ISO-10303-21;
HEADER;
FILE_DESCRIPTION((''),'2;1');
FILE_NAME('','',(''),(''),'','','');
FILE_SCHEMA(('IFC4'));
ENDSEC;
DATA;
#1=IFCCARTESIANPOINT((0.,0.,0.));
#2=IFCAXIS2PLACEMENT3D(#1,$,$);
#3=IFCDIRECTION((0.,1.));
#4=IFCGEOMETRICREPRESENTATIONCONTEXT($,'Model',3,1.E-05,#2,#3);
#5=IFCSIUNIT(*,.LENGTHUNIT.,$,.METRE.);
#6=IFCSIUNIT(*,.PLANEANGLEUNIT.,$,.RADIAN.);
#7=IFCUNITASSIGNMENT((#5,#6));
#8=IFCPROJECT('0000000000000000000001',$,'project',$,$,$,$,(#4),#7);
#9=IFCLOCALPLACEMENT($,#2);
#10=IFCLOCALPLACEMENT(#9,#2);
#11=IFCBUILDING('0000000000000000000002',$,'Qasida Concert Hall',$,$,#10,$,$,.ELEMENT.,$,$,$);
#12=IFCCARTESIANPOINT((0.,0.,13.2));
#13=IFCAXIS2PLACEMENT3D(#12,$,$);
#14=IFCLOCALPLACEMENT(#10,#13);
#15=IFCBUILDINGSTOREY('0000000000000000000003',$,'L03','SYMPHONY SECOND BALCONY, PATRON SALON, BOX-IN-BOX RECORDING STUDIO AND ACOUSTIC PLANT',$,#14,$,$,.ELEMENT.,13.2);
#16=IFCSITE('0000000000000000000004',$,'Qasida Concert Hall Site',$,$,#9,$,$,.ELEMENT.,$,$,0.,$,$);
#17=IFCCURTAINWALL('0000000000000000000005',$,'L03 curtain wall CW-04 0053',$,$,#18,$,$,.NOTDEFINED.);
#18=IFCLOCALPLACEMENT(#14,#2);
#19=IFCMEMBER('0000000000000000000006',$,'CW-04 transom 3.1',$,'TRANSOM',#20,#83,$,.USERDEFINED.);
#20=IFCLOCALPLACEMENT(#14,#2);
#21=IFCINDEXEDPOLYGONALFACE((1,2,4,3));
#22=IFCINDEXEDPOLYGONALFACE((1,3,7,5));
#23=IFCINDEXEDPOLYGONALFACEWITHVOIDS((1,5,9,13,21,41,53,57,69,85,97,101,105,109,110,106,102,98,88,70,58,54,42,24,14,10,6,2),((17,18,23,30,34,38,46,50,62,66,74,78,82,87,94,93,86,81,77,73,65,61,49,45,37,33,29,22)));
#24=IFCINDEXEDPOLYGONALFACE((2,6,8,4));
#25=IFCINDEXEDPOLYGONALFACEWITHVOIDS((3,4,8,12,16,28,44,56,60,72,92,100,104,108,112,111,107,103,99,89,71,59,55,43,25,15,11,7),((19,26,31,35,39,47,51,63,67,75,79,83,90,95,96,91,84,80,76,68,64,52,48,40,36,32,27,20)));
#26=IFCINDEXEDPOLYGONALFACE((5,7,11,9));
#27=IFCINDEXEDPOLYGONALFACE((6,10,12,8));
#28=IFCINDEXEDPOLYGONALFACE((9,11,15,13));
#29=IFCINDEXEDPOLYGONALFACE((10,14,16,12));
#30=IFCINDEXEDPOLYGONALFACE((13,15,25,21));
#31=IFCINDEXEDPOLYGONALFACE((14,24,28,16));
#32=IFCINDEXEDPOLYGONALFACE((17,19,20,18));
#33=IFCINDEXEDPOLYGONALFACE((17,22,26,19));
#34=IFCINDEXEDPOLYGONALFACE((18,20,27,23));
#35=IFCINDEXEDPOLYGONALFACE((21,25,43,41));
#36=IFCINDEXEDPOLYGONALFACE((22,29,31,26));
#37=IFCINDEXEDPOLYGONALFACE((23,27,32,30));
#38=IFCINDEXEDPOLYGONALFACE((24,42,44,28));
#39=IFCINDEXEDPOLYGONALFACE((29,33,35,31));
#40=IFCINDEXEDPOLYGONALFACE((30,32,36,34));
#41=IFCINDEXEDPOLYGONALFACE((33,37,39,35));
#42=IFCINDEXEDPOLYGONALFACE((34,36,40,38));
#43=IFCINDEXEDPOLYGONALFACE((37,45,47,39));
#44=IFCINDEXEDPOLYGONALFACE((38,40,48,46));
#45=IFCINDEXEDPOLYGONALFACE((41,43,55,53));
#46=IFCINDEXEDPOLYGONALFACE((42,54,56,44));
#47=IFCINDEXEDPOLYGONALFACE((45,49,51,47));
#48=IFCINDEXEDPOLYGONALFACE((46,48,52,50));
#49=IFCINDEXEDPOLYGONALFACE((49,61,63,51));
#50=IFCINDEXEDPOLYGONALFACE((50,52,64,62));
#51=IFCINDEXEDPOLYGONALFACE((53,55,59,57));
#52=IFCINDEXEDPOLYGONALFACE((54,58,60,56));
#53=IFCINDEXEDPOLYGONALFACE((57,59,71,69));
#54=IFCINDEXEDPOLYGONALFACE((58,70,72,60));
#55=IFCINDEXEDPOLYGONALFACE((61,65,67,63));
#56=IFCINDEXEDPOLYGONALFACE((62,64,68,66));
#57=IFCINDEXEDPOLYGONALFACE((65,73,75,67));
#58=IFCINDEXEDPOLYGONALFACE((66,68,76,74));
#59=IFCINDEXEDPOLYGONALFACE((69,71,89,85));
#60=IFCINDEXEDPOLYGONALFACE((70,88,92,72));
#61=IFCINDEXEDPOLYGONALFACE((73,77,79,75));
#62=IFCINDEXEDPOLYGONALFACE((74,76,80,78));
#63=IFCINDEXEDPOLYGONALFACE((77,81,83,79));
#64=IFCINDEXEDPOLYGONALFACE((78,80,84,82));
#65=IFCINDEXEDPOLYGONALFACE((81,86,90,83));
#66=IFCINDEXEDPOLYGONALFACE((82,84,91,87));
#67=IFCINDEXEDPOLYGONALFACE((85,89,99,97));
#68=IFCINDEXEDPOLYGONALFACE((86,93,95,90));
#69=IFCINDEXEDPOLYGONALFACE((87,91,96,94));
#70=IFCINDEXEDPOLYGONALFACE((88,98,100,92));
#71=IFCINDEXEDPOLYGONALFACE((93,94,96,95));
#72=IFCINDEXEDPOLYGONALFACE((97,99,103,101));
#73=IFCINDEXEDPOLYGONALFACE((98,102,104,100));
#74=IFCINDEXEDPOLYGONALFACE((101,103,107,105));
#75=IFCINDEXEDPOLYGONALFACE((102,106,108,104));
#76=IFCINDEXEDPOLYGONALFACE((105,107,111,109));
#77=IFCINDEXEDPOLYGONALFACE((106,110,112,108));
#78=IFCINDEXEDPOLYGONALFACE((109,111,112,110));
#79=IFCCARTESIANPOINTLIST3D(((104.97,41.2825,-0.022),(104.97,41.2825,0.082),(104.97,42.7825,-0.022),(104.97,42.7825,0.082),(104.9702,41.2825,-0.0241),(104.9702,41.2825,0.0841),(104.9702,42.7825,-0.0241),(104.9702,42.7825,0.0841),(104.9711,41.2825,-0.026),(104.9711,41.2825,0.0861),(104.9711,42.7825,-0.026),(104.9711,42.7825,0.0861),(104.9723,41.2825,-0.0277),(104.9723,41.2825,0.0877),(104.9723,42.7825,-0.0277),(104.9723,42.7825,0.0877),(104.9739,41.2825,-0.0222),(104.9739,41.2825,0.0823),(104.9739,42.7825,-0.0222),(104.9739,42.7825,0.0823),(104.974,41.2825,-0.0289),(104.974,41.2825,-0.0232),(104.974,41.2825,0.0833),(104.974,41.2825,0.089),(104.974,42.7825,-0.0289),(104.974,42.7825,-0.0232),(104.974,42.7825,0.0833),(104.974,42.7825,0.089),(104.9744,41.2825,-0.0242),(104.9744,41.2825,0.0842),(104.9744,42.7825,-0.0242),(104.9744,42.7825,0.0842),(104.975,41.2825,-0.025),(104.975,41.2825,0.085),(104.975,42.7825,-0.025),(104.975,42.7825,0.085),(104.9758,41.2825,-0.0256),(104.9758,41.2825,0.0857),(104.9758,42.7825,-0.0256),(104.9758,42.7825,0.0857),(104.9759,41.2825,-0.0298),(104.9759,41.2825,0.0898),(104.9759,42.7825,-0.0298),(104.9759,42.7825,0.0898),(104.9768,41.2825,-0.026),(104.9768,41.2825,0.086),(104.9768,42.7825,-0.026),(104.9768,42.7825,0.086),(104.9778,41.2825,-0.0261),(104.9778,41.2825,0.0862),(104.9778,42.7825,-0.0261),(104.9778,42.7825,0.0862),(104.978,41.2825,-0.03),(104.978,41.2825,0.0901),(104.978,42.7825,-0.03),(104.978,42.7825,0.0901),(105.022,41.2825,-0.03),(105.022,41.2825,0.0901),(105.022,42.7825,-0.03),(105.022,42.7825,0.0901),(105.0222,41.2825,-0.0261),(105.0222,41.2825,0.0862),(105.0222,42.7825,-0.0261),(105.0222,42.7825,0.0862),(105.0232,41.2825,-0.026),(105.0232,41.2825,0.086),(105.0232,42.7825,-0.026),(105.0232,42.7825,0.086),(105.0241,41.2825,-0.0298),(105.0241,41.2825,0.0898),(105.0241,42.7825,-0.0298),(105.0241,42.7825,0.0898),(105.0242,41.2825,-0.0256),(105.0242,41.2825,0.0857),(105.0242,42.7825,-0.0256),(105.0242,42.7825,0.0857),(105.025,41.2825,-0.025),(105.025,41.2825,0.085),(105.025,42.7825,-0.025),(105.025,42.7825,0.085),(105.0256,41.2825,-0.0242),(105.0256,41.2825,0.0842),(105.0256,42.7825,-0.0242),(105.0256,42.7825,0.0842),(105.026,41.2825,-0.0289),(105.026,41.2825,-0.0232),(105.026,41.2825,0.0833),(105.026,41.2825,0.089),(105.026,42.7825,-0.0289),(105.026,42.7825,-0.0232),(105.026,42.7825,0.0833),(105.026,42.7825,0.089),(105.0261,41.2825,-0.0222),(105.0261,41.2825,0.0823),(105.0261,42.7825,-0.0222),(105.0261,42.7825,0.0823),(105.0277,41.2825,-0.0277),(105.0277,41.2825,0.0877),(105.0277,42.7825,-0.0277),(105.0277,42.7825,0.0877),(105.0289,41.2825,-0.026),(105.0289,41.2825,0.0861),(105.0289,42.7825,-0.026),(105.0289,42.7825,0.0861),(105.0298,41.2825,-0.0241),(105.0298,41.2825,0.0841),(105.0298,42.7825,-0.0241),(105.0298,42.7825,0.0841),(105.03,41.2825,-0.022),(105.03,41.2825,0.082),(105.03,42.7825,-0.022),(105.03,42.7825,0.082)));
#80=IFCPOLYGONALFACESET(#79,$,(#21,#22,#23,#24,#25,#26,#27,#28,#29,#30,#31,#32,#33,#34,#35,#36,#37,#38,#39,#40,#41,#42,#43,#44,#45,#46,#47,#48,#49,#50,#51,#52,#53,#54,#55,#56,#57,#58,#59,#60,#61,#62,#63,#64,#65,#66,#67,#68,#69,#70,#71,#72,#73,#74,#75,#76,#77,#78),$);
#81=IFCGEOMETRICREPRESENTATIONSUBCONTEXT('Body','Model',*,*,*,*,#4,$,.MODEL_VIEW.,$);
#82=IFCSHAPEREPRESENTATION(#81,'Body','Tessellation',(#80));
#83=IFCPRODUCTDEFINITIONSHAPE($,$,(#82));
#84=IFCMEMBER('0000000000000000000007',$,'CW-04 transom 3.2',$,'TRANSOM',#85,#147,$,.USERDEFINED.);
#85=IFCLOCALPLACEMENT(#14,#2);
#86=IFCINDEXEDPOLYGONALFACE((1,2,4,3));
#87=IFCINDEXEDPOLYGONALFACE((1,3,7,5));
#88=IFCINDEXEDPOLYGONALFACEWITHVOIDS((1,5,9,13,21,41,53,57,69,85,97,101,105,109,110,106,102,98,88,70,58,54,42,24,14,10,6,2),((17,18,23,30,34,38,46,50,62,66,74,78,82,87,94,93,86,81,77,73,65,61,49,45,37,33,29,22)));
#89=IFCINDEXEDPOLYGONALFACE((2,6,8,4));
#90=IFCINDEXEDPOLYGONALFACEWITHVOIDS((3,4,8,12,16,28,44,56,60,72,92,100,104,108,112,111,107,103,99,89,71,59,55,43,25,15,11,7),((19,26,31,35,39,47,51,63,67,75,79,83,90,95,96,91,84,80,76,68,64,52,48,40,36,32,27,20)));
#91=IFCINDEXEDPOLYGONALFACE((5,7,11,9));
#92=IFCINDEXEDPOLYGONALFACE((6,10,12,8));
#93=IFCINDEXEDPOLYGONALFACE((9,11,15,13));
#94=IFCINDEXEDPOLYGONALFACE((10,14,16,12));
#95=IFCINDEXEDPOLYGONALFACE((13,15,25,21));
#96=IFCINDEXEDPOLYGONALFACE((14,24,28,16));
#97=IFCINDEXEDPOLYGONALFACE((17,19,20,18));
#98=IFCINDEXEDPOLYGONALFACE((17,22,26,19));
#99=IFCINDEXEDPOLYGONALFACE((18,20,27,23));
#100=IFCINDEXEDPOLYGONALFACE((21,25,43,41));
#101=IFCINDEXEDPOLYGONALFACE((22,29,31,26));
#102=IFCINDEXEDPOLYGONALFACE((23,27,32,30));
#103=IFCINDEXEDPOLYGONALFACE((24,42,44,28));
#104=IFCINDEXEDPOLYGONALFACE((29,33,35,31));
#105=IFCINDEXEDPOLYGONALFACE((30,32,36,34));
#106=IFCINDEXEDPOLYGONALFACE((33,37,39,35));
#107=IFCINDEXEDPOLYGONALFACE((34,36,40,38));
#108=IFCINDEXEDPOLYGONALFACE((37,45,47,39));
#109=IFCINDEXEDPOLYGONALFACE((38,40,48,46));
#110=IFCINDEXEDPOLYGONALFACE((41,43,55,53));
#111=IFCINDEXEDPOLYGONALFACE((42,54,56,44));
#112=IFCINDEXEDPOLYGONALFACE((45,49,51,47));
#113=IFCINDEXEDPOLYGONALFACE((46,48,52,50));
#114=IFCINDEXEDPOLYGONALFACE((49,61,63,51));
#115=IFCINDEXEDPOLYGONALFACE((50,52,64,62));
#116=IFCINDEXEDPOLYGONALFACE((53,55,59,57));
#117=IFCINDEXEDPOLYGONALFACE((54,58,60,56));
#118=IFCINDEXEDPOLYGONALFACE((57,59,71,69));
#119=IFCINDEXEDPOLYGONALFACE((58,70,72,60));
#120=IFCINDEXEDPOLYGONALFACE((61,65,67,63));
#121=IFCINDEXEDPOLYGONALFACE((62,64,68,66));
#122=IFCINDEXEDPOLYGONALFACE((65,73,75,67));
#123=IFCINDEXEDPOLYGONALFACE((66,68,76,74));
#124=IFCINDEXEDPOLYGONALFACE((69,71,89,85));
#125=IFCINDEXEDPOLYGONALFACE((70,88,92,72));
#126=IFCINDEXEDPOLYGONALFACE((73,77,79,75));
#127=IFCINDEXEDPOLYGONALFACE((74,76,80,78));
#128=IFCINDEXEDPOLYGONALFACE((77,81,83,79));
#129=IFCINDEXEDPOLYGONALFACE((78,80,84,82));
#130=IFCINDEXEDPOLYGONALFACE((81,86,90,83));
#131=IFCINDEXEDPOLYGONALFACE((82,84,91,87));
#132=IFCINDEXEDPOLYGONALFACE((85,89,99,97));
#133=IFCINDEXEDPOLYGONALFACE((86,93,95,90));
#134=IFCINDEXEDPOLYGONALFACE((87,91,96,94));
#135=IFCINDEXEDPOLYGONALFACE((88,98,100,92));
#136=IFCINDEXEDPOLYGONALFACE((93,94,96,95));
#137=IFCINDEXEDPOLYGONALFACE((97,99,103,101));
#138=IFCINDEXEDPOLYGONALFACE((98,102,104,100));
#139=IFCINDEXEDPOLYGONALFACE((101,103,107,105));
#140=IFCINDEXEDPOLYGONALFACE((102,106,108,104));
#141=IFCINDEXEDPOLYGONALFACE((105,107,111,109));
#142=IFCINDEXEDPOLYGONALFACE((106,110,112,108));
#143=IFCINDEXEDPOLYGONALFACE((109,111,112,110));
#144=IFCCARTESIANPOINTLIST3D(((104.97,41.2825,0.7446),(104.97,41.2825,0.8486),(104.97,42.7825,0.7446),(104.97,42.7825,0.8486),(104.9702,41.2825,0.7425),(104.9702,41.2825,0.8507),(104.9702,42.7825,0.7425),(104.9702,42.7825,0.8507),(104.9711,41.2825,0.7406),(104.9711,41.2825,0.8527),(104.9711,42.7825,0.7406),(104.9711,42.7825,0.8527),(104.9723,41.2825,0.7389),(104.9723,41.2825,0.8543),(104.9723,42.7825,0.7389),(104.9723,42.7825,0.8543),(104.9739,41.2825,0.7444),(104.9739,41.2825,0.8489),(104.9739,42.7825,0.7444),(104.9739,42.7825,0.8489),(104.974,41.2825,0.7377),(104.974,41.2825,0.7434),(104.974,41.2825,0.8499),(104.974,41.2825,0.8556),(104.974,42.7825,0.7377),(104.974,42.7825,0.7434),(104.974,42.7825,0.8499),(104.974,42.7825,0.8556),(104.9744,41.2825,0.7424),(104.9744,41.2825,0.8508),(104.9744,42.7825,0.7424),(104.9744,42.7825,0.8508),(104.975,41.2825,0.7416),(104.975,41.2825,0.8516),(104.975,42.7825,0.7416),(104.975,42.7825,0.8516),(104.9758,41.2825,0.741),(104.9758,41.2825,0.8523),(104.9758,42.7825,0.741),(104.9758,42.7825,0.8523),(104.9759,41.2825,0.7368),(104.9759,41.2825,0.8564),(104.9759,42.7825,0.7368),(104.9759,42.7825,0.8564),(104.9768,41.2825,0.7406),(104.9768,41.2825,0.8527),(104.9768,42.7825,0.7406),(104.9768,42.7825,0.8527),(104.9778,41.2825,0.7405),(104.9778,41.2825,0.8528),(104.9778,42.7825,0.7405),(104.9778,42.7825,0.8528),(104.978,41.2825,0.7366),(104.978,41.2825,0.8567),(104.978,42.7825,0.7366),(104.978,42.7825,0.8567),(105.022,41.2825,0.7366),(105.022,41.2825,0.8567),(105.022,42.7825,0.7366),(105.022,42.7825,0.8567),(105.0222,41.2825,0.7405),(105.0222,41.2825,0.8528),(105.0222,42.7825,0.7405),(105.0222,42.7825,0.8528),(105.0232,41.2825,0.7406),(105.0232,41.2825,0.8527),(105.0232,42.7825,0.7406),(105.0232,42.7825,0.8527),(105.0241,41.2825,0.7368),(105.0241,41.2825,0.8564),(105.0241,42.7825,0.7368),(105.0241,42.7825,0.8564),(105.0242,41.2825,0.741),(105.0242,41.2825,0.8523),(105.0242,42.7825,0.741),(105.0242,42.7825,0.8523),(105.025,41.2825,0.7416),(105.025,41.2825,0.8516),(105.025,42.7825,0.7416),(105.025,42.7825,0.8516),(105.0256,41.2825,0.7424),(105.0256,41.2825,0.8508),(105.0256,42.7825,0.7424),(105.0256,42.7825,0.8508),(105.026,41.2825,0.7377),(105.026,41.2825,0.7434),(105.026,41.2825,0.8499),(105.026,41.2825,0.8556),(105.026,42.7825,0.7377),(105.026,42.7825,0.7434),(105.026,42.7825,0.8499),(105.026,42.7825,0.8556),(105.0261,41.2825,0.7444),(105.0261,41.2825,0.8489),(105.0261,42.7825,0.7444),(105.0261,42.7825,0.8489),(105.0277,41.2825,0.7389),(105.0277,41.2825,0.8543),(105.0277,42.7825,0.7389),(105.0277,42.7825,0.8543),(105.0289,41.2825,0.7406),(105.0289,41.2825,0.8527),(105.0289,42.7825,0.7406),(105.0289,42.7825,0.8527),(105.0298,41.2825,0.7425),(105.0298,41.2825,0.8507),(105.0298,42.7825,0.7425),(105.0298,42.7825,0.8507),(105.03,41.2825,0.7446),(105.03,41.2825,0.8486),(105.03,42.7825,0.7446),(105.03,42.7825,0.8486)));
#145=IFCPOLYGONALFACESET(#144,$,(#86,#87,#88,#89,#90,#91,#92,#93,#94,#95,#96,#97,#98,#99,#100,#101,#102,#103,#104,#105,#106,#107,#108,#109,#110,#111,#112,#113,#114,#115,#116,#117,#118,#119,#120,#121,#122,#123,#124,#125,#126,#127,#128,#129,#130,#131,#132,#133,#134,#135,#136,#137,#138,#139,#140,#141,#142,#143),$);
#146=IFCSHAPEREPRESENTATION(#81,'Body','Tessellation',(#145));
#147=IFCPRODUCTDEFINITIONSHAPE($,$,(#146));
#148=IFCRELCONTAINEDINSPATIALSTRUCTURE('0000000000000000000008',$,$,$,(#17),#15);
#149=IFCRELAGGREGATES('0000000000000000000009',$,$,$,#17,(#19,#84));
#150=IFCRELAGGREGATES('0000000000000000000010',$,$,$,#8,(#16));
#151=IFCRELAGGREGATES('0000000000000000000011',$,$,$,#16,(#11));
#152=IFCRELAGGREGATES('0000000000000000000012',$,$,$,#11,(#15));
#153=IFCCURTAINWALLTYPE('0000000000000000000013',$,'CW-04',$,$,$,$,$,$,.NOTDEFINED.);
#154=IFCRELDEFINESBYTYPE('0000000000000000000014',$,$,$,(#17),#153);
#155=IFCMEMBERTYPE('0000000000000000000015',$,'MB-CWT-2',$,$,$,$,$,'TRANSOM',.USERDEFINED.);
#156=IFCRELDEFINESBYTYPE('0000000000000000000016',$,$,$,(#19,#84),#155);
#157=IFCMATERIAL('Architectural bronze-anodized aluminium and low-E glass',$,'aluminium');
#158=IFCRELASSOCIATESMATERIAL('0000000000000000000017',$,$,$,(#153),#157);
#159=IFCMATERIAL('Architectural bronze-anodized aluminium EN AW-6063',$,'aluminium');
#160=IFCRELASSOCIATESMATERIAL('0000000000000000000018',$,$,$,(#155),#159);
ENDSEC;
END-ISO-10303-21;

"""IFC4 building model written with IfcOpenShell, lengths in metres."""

from ifc_helpers import new_model, si_unit, direction, frame, origin, origin_2d, place, context, subcontext, project, spatial, hollow_rectangle, extrude, material, material_profile, profile_set, type_object, element, aggregate, save


model = new_model("IFC4")

# Units and contexts
model_context = context("Model", 3, precision=1e-05, world=origin(), true_north=direction((0.0, 1.0)))
body_context = subcontext(model_context, "Body", "Model", "MODEL_VIEW")
ifc_project = project(units=[si_unit("LENGTHUNIT", "METRE"), si_unit("PLANEANGLEUNIT", "RADIAN")], contexts=[model_context])

# Site, building, storey
site_placement = place(None, origin())
site = spatial("IfcSite", under=ifc_project, at=site_placement, Name="Qasida Concert Hall Site", CompositionType="ELEMENT", RefElevation=0.0)
building_placement = place(site_placement, origin())
building = spatial("IfcBuilding", under=site, at=building_placement, Name="Qasida Concert Hall", CompositionType="ELEMENT")
storey_placement = place(building_placement, frame((0.0, 0.0, 13.2)))
storey = spatial("IfcBuildingStorey", under=building, at=storey_placement, Name="L03", Description="SYMPHONY SECOND BALCONY, PATRON SALON, BOX-IN-BOX RECORDING STUDIO AND ACOUSTIC PLANT", CompositionType="ELEMENT", Elevation=13.2)

# Curtain wall
ifc_material_1 = material(Name="Architectural bronze-anodized aluminium and low-E glass", Category="aluminium")
curtain_wall_type = type_object("IfcCurtainWallType", Name="CW-04", PredefinedType="NOTDEFINED", material=ifc_material_1)
curtain_wall_1_placement = place(storey_placement, origin())
curtain_wall_1 = element("IfcCurtainWall", 1, at=curtain_wall_1_placement, inside=storey, type_object=curtain_wall_type, Name="L03 curtain wall CW-04 0053", PredefinedType="NOTDEFINED")
ifc_material_2 = material(Name="Architectural bronze-anodized aluminium EN AW-6063", Category="aluminium")

# Members
ifc_material_profile_1 = material_profile(ifc_material_2, hollow_rectangle(XDim=0.0601, YDim=0.1201, WallThickness=0.0039, InnerFilletRadius=0.0039, OuterFilletRadius=0.0081, at=origin_2d()), Name="CWT 120x60x4")
ifc_profile_set_1 = profile_set([ifc_material_profile_1], Name="Architectural bronze-anodized aluminium EN AW-6063")
member_type_1 = type_object("IfcMemberType", Name="MB-CWT-2", ElementType="TRANSOM", PredefinedType="USERDEFINED", material=ifc_profile_set_1)
member_1_placement = place(storey_placement, frame((105.0, 41.2825, 0.03), z_axis=(0.0, 1.0, 0.0), x_axis=(-1.0, 0.0, 0.0)))
member_1 = element("IfcMember", 2, at=member_1_placement, type_object=member_type_1, Name="CW-04 transom 3.1", ObjectType="TRANSOM", PredefinedType="USERDEFINED", context=body_context, shape_type="SweptSolid", body=[
    extrude(hollow_rectangle(XDim=0.0601, YDim=0.1201, WallThickness=0.0039, InnerFilletRadius=0.0039, OuterFilletRadius=0.0081, at=origin_2d()), origin(), (0.0, 0.0, 1.0), 1.5),
])
member_2_placement = place(storey_placement, frame((105.0, 41.2825, 0.7966), z_axis=(0.0, 1.0, 0.0), x_axis=(-1.0, 0.0, 0.0)))
member_2 = element("IfcMember", 3, at=member_2_placement, type_object=member_type_1, Name="CW-04 transom 3.2", ObjectType="TRANSOM", PredefinedType="USERDEFINED", context=body_context, shape_type="SweptSolid", body=[
    extrude(hollow_rectangle(XDim=0.0601, YDim=0.1201, WallThickness=0.0039, InnerFilletRadius=0.0039, OuterFilletRadius=0.0081, at=origin_2d()), origin(), (0.0, 0.0, 1.0), 1.5),
])

aggregate(curtain_wall_1, [member_1, member_2])

save(model, "model.ifc")
